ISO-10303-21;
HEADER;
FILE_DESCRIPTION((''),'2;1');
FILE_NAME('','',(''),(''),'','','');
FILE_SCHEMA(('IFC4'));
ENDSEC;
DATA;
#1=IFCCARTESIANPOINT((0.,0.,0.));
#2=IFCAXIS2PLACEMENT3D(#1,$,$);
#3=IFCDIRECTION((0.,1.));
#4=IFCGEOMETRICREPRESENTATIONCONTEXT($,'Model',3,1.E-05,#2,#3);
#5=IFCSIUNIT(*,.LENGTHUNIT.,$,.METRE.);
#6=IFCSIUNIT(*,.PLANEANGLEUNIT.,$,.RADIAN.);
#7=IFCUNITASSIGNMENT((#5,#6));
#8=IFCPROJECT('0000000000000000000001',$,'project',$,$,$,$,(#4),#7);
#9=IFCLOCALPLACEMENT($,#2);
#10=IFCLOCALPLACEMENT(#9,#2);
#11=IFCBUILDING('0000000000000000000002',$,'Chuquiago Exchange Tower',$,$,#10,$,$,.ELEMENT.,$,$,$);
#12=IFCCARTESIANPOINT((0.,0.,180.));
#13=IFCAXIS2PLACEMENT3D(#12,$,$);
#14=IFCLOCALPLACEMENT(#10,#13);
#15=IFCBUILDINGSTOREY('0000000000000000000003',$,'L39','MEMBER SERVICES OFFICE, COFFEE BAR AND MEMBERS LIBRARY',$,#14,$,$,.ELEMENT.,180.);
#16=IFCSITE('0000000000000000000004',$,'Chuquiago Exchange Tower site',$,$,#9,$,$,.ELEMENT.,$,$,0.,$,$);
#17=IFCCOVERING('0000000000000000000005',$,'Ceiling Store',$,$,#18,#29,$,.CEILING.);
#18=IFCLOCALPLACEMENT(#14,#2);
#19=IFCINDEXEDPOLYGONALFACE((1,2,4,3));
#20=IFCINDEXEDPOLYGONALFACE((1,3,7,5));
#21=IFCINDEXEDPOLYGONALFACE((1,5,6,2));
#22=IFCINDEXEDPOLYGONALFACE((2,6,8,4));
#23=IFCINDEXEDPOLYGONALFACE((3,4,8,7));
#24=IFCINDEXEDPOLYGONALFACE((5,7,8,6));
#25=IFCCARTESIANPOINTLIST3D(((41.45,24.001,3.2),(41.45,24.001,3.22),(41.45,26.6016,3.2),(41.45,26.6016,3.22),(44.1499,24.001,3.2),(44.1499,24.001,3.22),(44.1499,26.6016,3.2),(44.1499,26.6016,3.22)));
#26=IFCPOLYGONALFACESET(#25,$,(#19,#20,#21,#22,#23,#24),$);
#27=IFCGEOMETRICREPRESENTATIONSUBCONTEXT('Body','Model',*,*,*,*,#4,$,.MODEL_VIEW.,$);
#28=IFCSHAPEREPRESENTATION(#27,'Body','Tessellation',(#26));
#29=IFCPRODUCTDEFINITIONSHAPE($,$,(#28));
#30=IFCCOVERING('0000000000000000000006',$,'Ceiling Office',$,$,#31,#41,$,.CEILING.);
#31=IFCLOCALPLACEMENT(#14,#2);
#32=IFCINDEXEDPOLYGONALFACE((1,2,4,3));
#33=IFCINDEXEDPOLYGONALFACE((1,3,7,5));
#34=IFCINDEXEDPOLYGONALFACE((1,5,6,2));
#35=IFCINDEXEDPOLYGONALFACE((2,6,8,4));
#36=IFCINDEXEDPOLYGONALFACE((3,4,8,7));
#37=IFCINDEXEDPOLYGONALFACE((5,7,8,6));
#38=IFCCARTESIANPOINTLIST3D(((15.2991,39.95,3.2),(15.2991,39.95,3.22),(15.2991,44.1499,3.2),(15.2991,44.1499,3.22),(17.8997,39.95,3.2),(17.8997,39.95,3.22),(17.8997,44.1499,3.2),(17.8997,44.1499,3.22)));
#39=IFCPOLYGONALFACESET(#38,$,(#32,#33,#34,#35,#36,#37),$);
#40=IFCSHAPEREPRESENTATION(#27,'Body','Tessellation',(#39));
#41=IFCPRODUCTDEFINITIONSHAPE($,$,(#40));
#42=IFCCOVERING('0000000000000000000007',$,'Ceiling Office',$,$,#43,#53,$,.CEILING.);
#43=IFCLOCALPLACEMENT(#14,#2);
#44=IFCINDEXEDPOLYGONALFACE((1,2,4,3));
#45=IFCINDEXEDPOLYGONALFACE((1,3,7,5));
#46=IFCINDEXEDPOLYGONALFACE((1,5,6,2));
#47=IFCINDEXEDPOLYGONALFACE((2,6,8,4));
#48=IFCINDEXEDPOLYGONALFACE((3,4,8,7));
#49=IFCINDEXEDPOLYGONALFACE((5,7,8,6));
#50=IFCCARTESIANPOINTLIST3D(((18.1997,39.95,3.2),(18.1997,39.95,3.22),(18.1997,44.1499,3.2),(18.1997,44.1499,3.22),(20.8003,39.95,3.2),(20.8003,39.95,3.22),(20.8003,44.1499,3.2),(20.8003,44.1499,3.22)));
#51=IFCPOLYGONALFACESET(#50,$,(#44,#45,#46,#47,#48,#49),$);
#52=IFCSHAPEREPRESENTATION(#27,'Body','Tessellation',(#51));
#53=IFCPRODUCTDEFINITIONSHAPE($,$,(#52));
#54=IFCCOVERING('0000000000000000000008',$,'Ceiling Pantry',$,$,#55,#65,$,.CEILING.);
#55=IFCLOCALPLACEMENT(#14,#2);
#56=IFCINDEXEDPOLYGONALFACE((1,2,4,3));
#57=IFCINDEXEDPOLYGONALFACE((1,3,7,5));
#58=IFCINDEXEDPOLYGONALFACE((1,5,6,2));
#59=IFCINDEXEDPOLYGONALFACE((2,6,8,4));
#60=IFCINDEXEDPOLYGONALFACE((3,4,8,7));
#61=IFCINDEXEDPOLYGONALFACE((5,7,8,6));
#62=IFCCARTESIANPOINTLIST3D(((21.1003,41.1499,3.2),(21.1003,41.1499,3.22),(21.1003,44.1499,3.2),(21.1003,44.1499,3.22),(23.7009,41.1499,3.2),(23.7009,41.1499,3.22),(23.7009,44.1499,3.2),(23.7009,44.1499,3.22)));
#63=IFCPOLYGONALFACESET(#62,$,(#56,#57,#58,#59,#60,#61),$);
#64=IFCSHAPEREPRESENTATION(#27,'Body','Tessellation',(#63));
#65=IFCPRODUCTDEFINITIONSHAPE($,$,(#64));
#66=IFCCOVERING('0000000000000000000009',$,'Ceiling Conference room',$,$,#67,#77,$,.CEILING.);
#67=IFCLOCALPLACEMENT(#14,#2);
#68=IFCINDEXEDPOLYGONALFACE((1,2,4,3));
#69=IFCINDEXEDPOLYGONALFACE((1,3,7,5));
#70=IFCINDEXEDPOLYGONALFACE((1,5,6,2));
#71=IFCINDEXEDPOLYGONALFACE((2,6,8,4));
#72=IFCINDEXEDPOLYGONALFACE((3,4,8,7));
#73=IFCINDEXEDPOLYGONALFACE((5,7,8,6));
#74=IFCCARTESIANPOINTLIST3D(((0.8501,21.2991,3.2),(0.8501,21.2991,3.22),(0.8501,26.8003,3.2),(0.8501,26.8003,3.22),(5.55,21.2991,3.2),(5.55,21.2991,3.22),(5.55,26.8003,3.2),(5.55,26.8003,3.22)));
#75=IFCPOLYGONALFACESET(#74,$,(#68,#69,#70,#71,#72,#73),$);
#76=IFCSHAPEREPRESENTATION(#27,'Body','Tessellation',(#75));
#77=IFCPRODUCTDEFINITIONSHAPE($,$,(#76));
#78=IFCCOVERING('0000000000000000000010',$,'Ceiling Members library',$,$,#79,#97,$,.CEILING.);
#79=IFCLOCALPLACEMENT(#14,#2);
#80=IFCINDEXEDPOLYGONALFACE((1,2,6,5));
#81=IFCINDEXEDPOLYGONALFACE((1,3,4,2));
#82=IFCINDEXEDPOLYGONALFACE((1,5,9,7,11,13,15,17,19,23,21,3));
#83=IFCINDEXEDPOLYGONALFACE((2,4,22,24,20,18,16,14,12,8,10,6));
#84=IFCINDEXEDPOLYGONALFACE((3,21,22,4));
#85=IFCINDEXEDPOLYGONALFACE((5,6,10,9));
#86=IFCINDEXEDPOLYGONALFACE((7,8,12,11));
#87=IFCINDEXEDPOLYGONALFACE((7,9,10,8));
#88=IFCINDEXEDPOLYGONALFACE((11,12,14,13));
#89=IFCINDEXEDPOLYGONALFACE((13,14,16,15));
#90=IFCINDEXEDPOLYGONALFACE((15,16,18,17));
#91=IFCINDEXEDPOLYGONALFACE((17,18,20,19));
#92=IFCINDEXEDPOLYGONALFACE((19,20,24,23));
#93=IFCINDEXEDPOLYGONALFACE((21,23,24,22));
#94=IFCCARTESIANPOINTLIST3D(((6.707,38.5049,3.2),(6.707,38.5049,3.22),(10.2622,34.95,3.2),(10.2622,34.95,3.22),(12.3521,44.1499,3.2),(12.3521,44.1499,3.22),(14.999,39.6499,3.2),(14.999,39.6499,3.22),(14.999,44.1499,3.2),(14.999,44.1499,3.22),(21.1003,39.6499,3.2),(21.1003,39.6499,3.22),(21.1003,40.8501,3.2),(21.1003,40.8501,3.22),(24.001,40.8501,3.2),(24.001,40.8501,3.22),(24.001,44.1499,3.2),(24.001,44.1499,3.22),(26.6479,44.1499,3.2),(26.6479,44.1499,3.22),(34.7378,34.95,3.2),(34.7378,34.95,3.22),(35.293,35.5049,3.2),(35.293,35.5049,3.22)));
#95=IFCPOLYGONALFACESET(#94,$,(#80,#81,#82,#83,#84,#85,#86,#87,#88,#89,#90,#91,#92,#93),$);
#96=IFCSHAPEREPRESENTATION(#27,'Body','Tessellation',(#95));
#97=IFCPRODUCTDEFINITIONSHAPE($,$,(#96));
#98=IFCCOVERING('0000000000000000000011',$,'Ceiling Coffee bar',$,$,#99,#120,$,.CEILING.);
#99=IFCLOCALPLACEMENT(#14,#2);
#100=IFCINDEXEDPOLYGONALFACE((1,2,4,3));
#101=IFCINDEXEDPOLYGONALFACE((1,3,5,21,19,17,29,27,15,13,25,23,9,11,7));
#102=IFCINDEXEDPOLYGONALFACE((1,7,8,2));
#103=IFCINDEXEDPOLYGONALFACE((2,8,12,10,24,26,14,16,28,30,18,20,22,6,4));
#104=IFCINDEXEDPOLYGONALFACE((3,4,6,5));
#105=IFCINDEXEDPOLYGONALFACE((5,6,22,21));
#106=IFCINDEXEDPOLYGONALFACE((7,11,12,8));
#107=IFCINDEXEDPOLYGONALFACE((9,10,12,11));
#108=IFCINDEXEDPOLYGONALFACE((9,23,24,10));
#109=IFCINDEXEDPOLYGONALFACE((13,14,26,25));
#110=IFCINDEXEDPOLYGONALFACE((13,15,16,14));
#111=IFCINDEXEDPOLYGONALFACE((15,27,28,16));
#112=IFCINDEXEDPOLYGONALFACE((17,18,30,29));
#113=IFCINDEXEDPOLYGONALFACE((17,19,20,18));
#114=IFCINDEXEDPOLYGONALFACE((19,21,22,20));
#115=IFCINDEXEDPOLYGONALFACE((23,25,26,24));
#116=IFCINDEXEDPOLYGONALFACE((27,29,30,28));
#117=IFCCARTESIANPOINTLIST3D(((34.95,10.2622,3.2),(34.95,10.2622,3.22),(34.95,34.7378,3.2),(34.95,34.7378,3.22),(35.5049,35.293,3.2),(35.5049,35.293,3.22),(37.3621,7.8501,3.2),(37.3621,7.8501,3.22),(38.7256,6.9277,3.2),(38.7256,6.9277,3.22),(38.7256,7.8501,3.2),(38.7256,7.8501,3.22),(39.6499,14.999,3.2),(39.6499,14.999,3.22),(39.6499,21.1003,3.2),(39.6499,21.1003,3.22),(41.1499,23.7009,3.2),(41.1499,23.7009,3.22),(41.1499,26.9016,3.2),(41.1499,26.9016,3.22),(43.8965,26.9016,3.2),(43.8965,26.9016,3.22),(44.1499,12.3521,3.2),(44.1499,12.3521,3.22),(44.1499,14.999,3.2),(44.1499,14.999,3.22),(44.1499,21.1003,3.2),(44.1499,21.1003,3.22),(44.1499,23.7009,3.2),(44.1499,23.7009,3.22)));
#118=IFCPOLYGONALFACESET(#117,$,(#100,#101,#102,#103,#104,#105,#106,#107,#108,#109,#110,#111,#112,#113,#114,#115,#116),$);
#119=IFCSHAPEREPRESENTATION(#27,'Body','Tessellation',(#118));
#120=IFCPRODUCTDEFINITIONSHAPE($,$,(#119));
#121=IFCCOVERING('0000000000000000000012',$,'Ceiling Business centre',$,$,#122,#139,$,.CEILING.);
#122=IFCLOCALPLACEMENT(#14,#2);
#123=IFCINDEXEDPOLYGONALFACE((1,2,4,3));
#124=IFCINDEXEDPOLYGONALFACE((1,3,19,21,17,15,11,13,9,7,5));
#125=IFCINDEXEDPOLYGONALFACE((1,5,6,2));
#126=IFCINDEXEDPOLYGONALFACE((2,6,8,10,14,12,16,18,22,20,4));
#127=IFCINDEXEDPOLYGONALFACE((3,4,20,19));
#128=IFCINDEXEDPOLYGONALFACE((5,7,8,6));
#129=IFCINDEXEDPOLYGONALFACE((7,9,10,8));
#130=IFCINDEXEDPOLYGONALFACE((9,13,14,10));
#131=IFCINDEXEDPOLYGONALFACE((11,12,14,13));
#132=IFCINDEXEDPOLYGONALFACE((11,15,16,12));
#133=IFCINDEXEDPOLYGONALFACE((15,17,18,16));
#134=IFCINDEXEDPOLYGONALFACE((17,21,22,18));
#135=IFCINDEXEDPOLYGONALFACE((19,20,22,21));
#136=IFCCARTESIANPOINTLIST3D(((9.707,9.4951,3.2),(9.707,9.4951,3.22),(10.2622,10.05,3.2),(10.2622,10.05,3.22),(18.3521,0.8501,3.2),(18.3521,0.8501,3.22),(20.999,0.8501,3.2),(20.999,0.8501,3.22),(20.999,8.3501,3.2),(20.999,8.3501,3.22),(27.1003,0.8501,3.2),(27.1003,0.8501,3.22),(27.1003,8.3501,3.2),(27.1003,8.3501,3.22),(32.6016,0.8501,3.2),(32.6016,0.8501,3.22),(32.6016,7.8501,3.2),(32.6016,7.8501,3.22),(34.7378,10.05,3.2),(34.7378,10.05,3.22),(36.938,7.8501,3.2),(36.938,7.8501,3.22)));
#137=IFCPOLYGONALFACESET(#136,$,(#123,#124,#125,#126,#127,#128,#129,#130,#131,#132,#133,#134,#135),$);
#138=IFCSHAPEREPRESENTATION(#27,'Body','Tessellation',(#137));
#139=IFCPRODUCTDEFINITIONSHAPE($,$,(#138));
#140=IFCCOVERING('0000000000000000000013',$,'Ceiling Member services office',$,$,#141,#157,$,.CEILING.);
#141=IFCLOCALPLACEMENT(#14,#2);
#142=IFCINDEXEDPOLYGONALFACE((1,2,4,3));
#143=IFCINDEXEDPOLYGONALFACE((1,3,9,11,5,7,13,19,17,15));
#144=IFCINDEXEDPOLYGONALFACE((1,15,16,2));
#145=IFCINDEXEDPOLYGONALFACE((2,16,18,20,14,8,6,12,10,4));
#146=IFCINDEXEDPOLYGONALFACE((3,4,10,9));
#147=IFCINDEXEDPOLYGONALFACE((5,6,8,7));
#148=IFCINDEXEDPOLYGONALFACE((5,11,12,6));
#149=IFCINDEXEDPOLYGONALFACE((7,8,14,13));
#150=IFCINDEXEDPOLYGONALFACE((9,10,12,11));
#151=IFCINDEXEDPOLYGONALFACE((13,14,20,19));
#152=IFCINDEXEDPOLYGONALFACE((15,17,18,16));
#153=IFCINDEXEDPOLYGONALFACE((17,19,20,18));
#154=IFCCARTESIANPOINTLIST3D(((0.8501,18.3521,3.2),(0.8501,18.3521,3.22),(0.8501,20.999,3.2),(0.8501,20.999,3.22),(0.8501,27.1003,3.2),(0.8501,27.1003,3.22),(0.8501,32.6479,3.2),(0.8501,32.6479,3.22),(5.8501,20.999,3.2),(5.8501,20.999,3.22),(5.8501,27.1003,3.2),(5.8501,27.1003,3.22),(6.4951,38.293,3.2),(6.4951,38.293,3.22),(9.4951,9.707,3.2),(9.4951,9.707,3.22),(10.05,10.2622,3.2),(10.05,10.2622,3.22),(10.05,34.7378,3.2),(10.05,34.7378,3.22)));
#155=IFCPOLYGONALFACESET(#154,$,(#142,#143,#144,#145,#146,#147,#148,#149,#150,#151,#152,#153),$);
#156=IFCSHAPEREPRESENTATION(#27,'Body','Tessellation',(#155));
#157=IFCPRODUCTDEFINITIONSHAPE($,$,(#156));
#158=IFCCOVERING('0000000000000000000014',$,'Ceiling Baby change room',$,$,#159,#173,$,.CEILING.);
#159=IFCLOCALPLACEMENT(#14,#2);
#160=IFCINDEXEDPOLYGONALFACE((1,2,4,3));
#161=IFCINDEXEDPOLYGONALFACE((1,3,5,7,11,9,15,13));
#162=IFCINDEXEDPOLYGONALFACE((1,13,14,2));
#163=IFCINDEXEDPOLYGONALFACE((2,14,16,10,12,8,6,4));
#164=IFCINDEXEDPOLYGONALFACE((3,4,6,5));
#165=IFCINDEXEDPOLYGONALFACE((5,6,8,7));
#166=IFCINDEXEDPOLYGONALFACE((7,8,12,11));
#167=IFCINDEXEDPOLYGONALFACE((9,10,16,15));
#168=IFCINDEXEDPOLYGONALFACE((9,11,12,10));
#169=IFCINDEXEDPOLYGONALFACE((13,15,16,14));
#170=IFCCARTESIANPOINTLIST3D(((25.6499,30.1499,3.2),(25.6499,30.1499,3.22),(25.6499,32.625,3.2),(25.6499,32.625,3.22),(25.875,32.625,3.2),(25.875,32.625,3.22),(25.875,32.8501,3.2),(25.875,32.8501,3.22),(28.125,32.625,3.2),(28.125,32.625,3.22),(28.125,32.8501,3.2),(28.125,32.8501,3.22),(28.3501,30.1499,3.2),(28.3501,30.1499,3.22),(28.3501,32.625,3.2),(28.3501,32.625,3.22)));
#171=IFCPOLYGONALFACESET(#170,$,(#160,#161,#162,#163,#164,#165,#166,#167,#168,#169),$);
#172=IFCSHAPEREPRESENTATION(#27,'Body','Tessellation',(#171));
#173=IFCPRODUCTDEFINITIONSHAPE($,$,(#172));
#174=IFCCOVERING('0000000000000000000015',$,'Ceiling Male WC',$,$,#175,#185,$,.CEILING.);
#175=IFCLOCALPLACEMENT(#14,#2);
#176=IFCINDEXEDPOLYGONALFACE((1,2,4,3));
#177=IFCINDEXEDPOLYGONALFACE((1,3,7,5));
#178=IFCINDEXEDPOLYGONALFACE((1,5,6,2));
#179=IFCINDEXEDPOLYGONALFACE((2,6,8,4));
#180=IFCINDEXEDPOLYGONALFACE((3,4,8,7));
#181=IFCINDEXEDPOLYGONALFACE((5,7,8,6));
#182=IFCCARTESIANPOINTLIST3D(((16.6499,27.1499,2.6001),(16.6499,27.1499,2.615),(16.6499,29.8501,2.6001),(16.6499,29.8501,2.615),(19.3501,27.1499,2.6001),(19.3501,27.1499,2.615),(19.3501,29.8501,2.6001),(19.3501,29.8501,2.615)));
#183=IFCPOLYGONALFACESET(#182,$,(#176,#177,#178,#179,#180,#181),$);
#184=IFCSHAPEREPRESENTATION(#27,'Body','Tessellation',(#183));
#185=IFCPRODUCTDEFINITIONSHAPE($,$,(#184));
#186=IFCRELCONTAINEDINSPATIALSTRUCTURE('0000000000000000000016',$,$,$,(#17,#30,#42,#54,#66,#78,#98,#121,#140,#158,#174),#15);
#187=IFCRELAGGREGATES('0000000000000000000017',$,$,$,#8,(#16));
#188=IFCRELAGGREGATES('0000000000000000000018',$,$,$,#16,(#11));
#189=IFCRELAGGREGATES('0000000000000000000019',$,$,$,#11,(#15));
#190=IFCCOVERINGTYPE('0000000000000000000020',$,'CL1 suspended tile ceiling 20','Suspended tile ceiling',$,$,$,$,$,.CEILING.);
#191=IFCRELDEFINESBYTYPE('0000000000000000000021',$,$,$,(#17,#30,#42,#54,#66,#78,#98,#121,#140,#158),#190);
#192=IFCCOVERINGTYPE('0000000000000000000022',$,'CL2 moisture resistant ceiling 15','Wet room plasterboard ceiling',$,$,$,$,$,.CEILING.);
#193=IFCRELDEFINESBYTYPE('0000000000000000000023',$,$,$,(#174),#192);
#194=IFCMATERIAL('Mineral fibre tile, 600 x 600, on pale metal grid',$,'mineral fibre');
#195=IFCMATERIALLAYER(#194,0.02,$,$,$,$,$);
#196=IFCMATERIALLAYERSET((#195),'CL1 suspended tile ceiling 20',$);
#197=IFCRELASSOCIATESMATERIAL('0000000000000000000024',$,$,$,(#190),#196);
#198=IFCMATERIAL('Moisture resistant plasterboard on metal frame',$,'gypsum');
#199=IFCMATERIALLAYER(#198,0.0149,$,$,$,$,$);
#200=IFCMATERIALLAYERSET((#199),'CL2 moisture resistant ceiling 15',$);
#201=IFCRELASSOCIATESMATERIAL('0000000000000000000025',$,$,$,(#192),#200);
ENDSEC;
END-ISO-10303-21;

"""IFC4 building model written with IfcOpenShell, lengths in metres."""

from ifc_helpers import new_model, si_unit, direction, frame, origin, place, context, subcontext, project, spatial, polyline, outline, extrude, material, layer, layer_set, type_object, element, save


model = new_model("IFC4")

# Units and contexts
model_context = context("Model", 3, precision=1e-05, world=origin(), true_north=direction((0.0, 1.0)))
body_context = subcontext(model_context, "Body", "Model", "MODEL_VIEW")
ifc_project = project(units=[si_unit("LENGTHUNIT", "METRE"), si_unit("PLANEANGLEUNIT", "RADIAN")], contexts=[model_context])

# Site, building, storey
site_placement = place(None, origin())
site = spatial("IfcSite", under=ifc_project, at=site_placement, Name="Chuquiago Exchange Tower site", CompositionType="ELEMENT", RefElevation=0.0)
building_placement = place(site_placement, origin())
building = spatial("IfcBuilding", under=site, at=building_placement, Name="Chuquiago Exchange Tower", CompositionType="ELEMENT")
storey_placement = place(building_placement, frame((0.0, 0.0, 180.0)))
storey = spatial("IfcBuildingStorey", under=building, at=storey_placement, Name="L39", Description="MEMBER SERVICES OFFICE, COFFEE BAR AND MEMBERS LIBRARY", CompositionType="ELEMENT", Elevation=180.0)

# Coverings
ifc_material_1 = material(Name="Mineral fibre tile, 600 x 600, on pale metal grid", Category="mineral fibre")
ifc_layer_1 = layer(ifc_material_1, 0.02)
ifc_layer_set_1 = layer_set([ifc_layer_1], Name="CL1 suspended tile ceiling 20")
covering_type_1 = type_object("IfcCoveringType", Name="CL1 suspended tile ceiling 20", Description="Suspended tile ceiling", PredefinedType="CEILING", material=ifc_layer_set_1)
covering_1_placement = place(storey_placement, frame((0.0, 0.0, 3.2)))
element("IfcCovering", 1, at=covering_1_placement, inside=storey, type_object=covering_type_1, Name="Ceiling Store", PredefinedType="CEILING", context=body_context, shape_type="SweptSolid", body=[
    extrude(outline(polyline([(44.1499, 24.001), (41.45, 24.001), (41.45, 26.6016), (44.1499, 26.6016), (44.1499, 24.001)])), origin(), (0.0, 0.0, 1.0), 0.02),
])
covering_2_placement = place(storey_placement, frame((0.0, 0.0, 3.2)))
element("IfcCovering", 2, at=covering_2_placement, inside=storey, type_object=covering_type_1, Name="Ceiling Office", PredefinedType="CEILING", context=body_context, shape_type="SweptSolid", body=[
    extrude(outline(polyline([(17.8997, 39.95), (15.2991, 39.95), (15.2991, 44.1499), (17.8997, 44.1499), (17.8997, 39.95)])), origin(), (0.0, 0.0, 1.0), 0.02),
])
covering_3_placement = place(storey_placement, frame((0.0, 0.0, 3.2)))
element("IfcCovering", 3, at=covering_3_placement, inside=storey, type_object=covering_type_1, Name="Ceiling Office", PredefinedType="CEILING", context=body_context, shape_type="SweptSolid", body=[
    extrude(outline(polyline([(20.8003, 39.95), (18.1997, 39.95), (18.1997, 44.1499), (20.8003, 44.1499), (20.8003, 39.95)])), origin(), (0.0, 0.0, 1.0), 0.02),
])
covering_4_placement = place(storey_placement, frame((0.0, 0.0, 3.2)))
element("IfcCovering", 4, at=covering_4_placement, inside=storey, type_object=covering_type_1, Name="Ceiling Pantry", PredefinedType="CEILING", context=body_context, shape_type="SweptSolid", body=[
    extrude(outline(polyline([(23.7009, 41.1499), (21.1003, 41.1499), (21.1003, 44.1499), (23.7009, 44.1499), (23.7009, 41.1499)])), origin(), (0.0, 0.0, 1.0), 0.02),
])
covering_5_placement = place(storey_placement, frame((0.0, 0.0, 3.2)))
element("IfcCovering", 5, at=covering_5_placement, inside=storey, type_object=covering_type_1, Name="Ceiling Conference room", PredefinedType="CEILING", context=body_context, shape_type="SweptSolid", body=[
    extrude(outline(polyline([(5.55, 26.8003), (5.55, 21.2991), (0.8501, 21.2991), (0.8501, 26.8003), (5.55, 26.8003)])), origin(), (0.0, 0.0, 1.0), 0.02),
])
covering_6_placement = place(storey_placement, frame((0.0, 0.0, 3.2)))
element("IfcCovering", 6, at=covering_6_placement, inside=storey, type_object=covering_type_1, Name="Ceiling Members library", PredefinedType="CEILING", context=body_context, shape_type="SweptSolid", body=[
    extrude(outline(polyline([(14.999, 44.1499), (14.999, 39.6499), (21.1003, 39.6499), (21.1003, 40.8501), (24.001, 40.8501), (24.001, 44.1499), (26.6479, 44.1499), (35.293, 35.5049), (34.7378, 34.95), (10.2622, 34.95), (6.707, 38.5049), (12.3521, 44.1499), (14.999, 44.1499)])), origin(), (0.0, 0.0, 1.0), 0.02),
])
covering_7_placement = place(storey_placement, frame((0.0, 0.0, 3.2)))
element("IfcCovering", 7, at=covering_7_placement, inside=storey, type_object=covering_type_1, Name="Ceiling Coffee bar", PredefinedType="CEILING", context=body_context, shape_type="SweptSolid", body=[
    extrude(outline(polyline([(41.1499, 26.9016), (41.1499, 23.7009), (44.1499, 23.7009), (44.1499, 21.1003), (39.6499, 21.1003), (39.6499, 14.999), (44.1499, 14.999), (44.1499, 12.3521), (38.7256, 6.9277), (38.7256, 7.8501), (37.3621, 7.8501), (34.95, 10.2622), (34.95, 34.7378), (35.5049, 35.293), (43.8965, 26.9016), (41.1499, 26.9016)])), origin(), (0.0, 0.0, 1.0), 0.02),
])
covering_8_placement = place(storey_placement, frame((0.0, 0.0, 3.2)))
element("IfcCovering", 8, at=covering_8_placement, inside=storey, type_object=covering_type_1, Name="Ceiling Business centre", PredefinedType="CEILING", context=body_context, shape_type="SweptSolid", body=[
    extrude(outline(polyline([(27.1003, 0.8501), (27.1003, 8.3501), (20.999, 8.3501), (20.999, 0.8501), (18.3521, 0.8501), (9.707, 9.4951), (10.2622, 10.05), (34.7378, 10.05), (36.938, 7.8501), (32.6016, 7.8501), (32.6016, 0.8501), (27.1003, 0.8501)])), origin(), (0.0, 0.0, 1.0), 0.02),
])
covering_9_placement = place(storey_placement, frame((0.0, 0.0, 3.2)))
element("IfcCovering", 9, at=covering_9_placement, inside=storey, type_object=covering_type_1, Name="Ceiling Member services office", PredefinedType="CEILING", context=body_context, shape_type="SweptSolid", body=[
    extrude(outline(polyline([(0.8501, 27.1003), (0.8501, 32.6479), (6.4951, 38.293), (10.05, 34.7378), (10.05, 10.2622), (9.4951, 9.707), (0.8501, 18.3521), (0.8501, 20.999), (5.8501, 20.999), (5.8501, 27.1003), (0.8501, 27.1003)])), origin(), (0.0, 0.0, 1.0), 0.02),
])
covering_10_placement = place(storey_placement, frame((0.0, 0.0, 3.2)))
element("IfcCovering", 10, at=covering_10_placement, inside=storey, type_object=covering_type_1, Name="Ceiling Baby change room", PredefinedType="CEILING", context=body_context, shape_type="SweptSolid", body=[
    extrude(outline(polyline([(25.6499, 30.1499), (25.6499, 32.625), (25.875, 32.625), (25.875, 32.8501), (28.125, 32.8501), (28.125, 32.625), (28.3501, 32.625), (28.3501, 30.1499), (25.6499, 30.1499)])), origin(), (0.0, 0.0, 1.0), 0.02),
])
ifc_material_2 = material(Name="Moisture resistant plasterboard on metal frame", Category="gypsum")
ifc_layer_2 = layer(ifc_material_2, 0.0149)
ifc_layer_set_2 = layer_set([ifc_layer_2], Name="CL2 moisture resistant ceiling 15")
covering_type_2 = type_object("IfcCoveringType", Name="CL2 moisture resistant ceiling 15", Description="Wet room plasterboard ceiling", PredefinedType="CEILING", material=ifc_layer_set_2)
covering_11_placement = place(storey_placement, frame((0.0, 0.0, 2.6001)))
element("IfcCovering", 11, at=covering_11_placement, inside=storey, type_object=covering_type_2, Name="Ceiling Male WC", PredefinedType="CEILING", context=body_context, shape_type="SweptSolid", body=[
    extrude(outline(polyline([(16.6499, 27.1499), (16.6499, 29.8501), (19.3501, 29.8501), (19.3501, 27.1499), (16.6499, 27.1499)])), origin(), (0.0, 0.0, 1.0), 0.0149),
])

save(model, "model.ifc")
